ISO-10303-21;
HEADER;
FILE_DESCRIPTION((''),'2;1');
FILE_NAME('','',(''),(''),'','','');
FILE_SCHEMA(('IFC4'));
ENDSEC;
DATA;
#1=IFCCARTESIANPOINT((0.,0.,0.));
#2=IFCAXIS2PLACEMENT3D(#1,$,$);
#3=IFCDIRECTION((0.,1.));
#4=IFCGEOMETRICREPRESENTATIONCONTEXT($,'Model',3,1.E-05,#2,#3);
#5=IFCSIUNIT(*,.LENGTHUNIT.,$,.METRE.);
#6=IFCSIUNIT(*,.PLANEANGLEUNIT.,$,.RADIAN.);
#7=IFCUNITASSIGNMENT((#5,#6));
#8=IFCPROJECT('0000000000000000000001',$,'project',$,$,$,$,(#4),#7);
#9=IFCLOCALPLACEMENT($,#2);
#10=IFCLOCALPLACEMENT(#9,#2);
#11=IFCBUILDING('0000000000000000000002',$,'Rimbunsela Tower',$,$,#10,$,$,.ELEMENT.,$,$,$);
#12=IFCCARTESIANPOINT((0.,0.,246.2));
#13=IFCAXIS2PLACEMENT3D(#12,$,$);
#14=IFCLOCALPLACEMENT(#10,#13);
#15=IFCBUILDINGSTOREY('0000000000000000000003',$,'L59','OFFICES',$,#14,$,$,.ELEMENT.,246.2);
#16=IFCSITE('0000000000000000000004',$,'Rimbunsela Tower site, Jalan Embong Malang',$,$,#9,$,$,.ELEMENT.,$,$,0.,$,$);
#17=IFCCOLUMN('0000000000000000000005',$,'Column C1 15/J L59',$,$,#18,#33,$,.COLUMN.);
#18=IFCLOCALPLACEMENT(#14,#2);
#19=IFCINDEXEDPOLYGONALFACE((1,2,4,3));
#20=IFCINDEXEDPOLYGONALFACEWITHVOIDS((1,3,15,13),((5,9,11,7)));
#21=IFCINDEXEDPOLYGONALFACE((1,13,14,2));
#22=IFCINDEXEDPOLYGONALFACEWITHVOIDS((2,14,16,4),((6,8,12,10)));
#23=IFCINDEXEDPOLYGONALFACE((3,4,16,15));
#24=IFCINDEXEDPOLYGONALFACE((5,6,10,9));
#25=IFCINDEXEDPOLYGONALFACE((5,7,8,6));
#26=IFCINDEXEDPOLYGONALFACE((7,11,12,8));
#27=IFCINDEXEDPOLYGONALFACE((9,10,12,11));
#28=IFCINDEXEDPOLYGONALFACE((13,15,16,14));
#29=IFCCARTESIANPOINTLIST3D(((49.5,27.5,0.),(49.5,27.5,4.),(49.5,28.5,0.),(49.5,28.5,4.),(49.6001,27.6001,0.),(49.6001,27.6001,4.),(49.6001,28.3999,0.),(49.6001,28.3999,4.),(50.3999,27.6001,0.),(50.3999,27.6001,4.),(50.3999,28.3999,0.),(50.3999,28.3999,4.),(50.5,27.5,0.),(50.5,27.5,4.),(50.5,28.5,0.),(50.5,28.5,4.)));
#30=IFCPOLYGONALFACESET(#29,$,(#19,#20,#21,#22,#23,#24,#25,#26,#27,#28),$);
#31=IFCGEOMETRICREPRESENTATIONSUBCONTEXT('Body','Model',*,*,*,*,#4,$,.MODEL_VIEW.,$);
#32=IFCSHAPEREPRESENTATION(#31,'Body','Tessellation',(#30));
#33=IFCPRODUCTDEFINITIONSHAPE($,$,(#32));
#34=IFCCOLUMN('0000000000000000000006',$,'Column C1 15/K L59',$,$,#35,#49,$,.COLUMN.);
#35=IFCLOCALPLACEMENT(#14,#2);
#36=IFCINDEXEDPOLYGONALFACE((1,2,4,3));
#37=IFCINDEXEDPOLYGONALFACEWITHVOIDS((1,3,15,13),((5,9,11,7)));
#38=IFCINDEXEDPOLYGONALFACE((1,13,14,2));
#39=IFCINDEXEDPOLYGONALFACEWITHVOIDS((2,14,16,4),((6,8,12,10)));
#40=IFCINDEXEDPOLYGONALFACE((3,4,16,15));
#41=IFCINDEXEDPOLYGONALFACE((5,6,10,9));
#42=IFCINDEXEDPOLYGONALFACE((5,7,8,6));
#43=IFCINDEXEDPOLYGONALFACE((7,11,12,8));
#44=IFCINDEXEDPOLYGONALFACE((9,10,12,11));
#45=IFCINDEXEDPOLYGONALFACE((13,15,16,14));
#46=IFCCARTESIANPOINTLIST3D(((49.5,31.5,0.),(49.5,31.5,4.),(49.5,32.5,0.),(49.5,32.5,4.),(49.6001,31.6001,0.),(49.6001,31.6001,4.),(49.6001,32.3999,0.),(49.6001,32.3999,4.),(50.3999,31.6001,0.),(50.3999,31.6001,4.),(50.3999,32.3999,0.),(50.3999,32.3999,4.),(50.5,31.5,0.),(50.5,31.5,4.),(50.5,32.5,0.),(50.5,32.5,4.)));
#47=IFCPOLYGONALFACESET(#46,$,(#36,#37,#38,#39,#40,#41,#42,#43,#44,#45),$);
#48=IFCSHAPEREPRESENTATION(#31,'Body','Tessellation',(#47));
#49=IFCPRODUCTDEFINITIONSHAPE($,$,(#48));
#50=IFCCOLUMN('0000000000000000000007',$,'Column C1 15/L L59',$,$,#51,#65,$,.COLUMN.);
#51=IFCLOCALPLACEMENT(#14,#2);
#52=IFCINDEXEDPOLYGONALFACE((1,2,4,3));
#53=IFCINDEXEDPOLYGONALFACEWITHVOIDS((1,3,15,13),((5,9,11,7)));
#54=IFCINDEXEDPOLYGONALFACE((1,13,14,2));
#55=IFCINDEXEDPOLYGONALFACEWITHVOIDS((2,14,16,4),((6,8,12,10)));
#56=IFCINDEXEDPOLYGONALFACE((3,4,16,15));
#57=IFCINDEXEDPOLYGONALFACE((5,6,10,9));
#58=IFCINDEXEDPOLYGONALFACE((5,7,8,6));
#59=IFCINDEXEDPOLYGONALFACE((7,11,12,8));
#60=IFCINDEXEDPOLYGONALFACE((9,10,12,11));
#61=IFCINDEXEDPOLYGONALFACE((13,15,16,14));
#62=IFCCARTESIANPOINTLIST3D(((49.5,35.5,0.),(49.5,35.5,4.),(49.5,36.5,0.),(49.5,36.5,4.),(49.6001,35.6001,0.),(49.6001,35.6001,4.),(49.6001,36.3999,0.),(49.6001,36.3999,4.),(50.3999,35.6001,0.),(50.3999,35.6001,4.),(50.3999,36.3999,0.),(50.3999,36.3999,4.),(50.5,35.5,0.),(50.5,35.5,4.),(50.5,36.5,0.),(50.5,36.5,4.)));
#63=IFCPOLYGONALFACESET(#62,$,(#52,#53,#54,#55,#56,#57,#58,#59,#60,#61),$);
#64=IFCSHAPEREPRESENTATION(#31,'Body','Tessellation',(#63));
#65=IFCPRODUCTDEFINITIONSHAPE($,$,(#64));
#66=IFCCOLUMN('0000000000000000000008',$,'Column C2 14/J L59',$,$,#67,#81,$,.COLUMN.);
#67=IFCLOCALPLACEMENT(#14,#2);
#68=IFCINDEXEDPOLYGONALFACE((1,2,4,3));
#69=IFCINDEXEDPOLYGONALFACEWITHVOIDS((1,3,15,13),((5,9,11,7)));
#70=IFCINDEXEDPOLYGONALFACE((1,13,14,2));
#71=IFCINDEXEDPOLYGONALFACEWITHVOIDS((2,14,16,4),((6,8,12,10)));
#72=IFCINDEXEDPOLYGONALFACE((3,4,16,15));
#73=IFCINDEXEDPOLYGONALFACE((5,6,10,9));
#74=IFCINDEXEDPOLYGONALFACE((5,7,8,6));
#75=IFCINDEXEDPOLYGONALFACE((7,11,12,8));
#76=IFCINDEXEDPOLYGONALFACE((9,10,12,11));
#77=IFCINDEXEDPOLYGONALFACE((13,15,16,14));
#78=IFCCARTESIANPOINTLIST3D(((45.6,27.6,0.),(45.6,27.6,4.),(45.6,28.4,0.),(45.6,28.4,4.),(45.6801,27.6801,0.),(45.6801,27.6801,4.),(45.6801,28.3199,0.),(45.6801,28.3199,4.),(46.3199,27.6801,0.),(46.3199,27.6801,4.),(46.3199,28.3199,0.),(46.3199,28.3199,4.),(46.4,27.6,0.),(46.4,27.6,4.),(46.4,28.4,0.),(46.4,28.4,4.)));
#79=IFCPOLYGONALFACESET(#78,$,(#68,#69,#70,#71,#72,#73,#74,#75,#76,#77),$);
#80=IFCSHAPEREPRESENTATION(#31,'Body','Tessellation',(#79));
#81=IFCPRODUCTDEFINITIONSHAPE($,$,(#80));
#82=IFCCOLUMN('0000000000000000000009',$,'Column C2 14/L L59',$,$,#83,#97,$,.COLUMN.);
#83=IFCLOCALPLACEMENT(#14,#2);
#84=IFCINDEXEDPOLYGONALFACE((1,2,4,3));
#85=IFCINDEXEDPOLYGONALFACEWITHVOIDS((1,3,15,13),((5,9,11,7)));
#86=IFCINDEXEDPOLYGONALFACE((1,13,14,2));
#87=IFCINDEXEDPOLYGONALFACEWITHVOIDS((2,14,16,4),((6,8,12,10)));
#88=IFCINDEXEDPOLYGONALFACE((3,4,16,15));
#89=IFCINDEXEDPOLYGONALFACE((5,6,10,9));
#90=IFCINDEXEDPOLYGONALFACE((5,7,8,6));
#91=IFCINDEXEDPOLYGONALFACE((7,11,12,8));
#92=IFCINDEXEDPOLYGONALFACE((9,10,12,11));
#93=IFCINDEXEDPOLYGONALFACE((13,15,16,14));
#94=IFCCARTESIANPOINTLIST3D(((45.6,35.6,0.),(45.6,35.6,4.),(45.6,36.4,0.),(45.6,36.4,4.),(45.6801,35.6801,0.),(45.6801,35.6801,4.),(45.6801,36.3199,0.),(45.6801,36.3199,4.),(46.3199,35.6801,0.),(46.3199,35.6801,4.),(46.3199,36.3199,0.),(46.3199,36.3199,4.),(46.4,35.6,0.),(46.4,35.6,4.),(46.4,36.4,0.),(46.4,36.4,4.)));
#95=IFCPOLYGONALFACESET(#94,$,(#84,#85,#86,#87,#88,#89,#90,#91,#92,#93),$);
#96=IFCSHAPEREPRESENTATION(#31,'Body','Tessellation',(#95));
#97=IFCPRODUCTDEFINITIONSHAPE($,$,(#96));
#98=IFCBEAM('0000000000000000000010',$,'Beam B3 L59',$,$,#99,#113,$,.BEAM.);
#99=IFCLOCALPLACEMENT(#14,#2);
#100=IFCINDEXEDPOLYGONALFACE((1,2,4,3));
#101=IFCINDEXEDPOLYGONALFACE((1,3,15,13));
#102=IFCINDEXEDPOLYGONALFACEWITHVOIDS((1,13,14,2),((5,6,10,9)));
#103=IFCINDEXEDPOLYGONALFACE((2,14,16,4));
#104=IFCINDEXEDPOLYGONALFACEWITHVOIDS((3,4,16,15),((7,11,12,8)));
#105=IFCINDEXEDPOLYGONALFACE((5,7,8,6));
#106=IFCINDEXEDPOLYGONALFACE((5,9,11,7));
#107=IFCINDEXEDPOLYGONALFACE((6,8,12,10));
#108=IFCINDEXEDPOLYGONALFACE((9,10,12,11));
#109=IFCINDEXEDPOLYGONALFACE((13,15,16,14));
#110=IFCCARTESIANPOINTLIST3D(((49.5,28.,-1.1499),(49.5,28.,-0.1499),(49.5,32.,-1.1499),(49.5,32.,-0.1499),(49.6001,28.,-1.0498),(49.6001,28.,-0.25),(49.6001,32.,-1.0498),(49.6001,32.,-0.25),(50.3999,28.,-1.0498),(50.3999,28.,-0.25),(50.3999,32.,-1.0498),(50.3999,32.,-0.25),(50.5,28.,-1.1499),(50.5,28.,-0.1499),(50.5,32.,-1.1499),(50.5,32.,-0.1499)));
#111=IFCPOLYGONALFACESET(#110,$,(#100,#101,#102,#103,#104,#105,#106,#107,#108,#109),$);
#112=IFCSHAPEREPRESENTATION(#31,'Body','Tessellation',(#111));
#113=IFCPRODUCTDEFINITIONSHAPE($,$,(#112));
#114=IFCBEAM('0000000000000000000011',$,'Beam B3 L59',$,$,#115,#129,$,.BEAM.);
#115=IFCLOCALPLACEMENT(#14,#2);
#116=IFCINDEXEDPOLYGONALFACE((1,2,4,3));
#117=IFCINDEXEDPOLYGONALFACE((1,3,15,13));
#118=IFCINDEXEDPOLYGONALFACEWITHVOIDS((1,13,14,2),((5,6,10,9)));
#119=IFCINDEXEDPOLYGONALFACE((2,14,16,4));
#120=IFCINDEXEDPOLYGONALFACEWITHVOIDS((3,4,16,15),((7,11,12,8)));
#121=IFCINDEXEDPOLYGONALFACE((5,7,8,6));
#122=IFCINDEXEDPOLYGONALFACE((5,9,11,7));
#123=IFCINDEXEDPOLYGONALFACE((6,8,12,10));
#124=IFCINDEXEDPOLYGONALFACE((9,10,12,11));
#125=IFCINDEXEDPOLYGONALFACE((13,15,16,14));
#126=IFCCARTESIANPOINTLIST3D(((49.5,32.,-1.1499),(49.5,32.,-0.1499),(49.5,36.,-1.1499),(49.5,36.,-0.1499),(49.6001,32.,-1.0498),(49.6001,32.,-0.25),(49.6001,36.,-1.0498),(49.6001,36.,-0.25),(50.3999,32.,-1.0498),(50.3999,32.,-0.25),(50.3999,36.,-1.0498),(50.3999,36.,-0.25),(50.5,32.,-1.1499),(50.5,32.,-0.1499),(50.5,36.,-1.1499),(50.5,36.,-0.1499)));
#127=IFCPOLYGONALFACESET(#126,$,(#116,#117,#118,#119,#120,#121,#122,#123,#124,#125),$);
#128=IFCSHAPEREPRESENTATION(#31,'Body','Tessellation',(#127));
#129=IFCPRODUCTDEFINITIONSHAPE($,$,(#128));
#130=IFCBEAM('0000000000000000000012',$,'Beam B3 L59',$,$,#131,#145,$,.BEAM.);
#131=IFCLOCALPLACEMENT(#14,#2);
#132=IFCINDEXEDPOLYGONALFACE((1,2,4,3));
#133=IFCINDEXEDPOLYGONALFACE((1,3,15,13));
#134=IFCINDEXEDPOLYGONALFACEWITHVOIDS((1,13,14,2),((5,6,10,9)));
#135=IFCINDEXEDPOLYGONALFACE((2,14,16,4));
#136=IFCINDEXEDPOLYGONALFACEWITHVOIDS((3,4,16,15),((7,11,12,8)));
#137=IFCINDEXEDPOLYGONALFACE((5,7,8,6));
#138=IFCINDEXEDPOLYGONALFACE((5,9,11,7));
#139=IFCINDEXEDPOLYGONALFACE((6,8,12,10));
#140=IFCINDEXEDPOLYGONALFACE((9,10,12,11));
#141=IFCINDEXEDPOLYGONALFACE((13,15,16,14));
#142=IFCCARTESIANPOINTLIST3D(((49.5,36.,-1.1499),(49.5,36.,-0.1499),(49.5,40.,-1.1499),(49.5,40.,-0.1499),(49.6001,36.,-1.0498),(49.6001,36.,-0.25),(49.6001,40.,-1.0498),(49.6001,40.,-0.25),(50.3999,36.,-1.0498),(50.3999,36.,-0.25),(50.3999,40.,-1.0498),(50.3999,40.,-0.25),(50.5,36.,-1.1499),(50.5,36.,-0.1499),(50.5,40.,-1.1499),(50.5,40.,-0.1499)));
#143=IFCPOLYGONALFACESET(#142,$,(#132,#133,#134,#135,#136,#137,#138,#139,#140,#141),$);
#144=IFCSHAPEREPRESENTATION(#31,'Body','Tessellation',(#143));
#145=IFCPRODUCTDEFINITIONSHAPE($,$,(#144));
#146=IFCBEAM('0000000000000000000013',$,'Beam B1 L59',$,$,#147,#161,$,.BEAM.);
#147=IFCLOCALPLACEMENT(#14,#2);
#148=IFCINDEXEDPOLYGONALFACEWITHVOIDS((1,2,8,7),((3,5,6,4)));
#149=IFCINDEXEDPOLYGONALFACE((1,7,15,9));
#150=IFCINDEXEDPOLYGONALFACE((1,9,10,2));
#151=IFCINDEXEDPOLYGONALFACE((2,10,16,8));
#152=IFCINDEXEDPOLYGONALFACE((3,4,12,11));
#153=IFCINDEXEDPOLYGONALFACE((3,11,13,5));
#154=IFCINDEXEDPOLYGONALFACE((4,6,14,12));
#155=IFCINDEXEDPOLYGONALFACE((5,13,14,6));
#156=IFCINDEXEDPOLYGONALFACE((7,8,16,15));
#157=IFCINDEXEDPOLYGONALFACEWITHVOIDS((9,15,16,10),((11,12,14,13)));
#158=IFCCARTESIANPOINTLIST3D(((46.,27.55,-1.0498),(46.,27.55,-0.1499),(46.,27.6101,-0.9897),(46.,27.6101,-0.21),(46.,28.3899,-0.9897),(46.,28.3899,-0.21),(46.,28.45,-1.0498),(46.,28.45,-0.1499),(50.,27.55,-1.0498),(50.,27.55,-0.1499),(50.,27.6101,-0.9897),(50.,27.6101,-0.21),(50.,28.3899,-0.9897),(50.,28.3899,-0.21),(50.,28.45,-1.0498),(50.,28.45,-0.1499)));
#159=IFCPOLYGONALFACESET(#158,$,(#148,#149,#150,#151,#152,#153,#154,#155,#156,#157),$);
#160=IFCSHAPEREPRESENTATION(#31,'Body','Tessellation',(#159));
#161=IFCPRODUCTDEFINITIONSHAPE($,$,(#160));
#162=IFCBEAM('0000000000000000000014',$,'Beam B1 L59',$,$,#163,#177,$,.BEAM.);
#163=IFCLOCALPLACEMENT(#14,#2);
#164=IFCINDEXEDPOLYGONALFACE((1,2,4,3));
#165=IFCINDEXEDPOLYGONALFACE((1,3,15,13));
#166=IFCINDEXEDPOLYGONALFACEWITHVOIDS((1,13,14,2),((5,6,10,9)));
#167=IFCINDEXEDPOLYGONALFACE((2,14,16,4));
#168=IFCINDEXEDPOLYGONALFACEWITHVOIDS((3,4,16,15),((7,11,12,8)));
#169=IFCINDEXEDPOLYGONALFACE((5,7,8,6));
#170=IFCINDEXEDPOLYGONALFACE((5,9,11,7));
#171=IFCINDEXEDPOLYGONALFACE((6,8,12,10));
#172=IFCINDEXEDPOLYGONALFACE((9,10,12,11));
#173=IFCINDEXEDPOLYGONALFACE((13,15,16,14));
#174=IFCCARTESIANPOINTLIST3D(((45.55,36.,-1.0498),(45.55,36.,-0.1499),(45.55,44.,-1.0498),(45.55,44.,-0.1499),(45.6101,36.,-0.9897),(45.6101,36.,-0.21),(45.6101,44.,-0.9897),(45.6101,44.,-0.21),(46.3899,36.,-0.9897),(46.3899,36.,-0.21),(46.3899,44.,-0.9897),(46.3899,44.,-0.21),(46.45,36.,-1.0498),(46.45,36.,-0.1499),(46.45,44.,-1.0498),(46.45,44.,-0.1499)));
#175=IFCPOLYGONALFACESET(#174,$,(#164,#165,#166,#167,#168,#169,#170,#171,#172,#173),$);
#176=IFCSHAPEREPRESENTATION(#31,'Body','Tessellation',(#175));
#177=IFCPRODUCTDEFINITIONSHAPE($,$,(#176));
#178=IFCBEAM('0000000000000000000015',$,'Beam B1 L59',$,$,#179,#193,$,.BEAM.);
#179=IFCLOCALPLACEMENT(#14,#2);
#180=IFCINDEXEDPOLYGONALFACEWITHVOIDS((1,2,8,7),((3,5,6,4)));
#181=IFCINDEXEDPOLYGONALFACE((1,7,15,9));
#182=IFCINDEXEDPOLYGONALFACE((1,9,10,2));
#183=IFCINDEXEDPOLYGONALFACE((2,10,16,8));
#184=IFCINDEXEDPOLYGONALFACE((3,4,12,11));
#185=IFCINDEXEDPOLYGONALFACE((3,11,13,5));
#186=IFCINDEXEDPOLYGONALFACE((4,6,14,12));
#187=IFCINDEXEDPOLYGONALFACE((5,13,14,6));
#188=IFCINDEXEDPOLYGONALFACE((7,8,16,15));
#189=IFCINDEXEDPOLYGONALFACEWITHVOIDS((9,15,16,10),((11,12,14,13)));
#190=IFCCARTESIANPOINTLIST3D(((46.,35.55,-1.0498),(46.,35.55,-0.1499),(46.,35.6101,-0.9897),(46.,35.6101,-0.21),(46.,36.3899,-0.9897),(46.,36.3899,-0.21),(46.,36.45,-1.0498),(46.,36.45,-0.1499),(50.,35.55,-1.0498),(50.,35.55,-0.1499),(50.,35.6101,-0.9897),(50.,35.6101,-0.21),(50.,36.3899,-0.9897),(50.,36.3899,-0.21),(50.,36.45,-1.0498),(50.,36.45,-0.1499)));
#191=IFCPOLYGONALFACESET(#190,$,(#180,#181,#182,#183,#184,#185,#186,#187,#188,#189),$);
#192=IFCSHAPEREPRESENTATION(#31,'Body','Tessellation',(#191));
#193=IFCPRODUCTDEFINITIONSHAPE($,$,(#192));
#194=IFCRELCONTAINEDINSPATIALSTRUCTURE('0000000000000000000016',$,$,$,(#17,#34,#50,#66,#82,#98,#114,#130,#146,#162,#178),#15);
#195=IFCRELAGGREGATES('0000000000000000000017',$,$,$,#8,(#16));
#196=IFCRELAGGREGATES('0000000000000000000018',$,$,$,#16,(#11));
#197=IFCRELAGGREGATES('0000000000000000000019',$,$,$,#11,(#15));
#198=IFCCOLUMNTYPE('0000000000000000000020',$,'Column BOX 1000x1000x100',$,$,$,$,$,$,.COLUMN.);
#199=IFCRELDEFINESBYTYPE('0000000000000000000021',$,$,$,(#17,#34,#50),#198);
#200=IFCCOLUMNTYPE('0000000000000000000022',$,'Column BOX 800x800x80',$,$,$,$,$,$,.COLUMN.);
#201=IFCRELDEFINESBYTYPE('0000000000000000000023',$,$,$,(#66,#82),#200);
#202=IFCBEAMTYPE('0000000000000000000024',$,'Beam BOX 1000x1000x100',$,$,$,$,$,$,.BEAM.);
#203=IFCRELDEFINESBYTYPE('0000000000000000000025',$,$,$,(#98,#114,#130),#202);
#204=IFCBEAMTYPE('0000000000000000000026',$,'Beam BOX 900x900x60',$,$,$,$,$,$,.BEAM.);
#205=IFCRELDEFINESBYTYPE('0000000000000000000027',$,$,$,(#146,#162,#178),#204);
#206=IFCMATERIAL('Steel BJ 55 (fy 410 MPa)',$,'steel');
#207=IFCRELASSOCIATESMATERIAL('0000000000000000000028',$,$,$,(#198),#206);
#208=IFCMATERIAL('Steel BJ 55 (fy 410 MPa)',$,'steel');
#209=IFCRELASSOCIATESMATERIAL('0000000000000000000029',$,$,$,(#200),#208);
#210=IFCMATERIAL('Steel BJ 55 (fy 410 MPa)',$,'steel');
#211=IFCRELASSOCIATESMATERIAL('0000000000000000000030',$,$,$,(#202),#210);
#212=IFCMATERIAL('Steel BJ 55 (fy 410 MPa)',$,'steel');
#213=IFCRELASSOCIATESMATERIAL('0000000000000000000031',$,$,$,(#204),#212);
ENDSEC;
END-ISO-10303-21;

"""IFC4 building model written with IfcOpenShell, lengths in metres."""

from ifc_helpers import new_model, si_unit, direction, frame, origin, origin_2d, place, context, subcontext, project, spatial, hollow_rectangle, extrude, material, material_profile, profile_set, type_object, element, save


model = new_model("IFC4")

# Units and contexts
model_context = context("Model", 3, precision=1e-05, world=origin(), true_north=direction((0.0, 1.0)))
body_context = subcontext(model_context, "Body", "Model", "MODEL_VIEW")
ifc_project = project(units=[si_unit("LENGTHUNIT", "METRE"), si_unit("PLANEANGLEUNIT", "RADIAN")], contexts=[model_context])

# Site, building, storey
site_placement = place(None, origin())
site = spatial("IfcSite", under=ifc_project, at=site_placement, Name="Rimbunsela Tower site, Jalan Embong Malang", CompositionType="ELEMENT", RefElevation=0.0)
building_placement = place(site_placement, origin())
building = spatial("IfcBuilding", under=site, at=building_placement, Name="Rimbunsela Tower", CompositionType="ELEMENT")
storey_placement = place(building_placement, frame((0.0, 0.0, 246.2)))
storey = spatial("IfcBuildingStorey", under=building, at=storey_placement, Name="L59", Description="OFFICES", CompositionType="ELEMENT", Elevation=246.2)

# Columns
ifc_material_1 = material(Name="Steel BJ 55 (fy 410 MPa)", Category="steel")
ifc_material_profile_1 = material_profile(ifc_material_1, hollow_rectangle(XDim=1.0, YDim=1.0, WallThickness=0.1001, at=origin_2d()), Name="BOX 1000x1000x100")
ifc_profile_set_1 = profile_set([ifc_material_profile_1], Name="Steel BJ 55 (fy 410 MPa)")
column_type_1 = type_object("IfcColumnType", Name="Column BOX 1000x1000x100", PredefinedType="COLUMN", material=ifc_profile_set_1)
for number, where, z_axis, x_axis, name in (
    (1, (50.0, 28.0, 0.0), (0.0, 0.0, 1.0), (1.0, 0.0, 0.0), "Column C1 15/J L59"),
    (2, (50.0, 32.0, 0.0), (0.0, 0.0, 1.0), (1.0, 0.0, 0.0), "Column C1 15/K L59"),
    (3, (50.0, 36.0, 0.0), (0.0, 0.0, 1.0), (1.0, 0.0, 0.0), "Column C1 15/L L59"),
):
    element("IfcColumn", number, at=place(storey_placement, frame(where, z_axis=z_axis, x_axis=x_axis)), inside=storey, type_object=column_type_1, Name=name, PredefinedType="COLUMN", context=body_context, shape_type="SweptSolid", body=[
        extrude(hollow_rectangle(XDim=1.0, YDim=1.0, WallThickness=0.1001, at=origin_2d()), origin(), (0.0, 0.0, 1.0), 4.0),
    ])
ifc_material_2 = material(Name="Steel BJ 55 (fy 410 MPa)", Category="steel")
ifc_material_profile_2 = material_profile(ifc_material_2, hollow_rectangle(XDim=0.8, YDim=0.8, WallThickness=0.0801, at=origin_2d()), Name="BOX 800x800x80")
ifc_profile_set_2 = profile_set([ifc_material_profile_2], Name="Steel BJ 55 (fy 410 MPa)")
column_type_2 = type_object("IfcColumnType", Name="Column BOX 800x800x80", PredefinedType="COLUMN", material=ifc_profile_set_2)
for number, where, z_axis, x_axis, name in (
    (4, (46.0, 28.0, 0.0), (0.0, 0.0, 1.0), (1.0, 0.0, 0.0), "Column C2 14/J L59"),
    (5, (46.0, 36.0, 0.0), (0.0, 0.0, 1.0), (1.0, 0.0, 0.0), "Column C2 14/L L59"),
):
    element("IfcColumn", number, at=place(storey_placement, frame(where, z_axis=z_axis, x_axis=x_axis)), inside=storey, type_object=column_type_2, Name=name, PredefinedType="COLUMN", context=body_context, shape_type="SweptSolid", body=[
        extrude(hollow_rectangle(XDim=0.8, YDim=0.8, WallThickness=0.0801, at=origin_2d()), origin(), (0.0, 0.0, 1.0), 4.0),
    ])

# Beams
ifc_material_3 = material(Name="Steel BJ 55 (fy 410 MPa)", Category="steel")
ifc_material_profile_3 = material_profile(ifc_material_3, hollow_rectangle(XDim=1.0, YDim=1.0, WallThickness=0.1001, at=origin_2d()), Name="BOX 1000x1000x100")
ifc_profile_set_3 = profile_set([ifc_material_profile_3], Name="Steel BJ 55 (fy 410 MPa)")
beam_type_1 = type_object("IfcBeamType", Name="Beam BOX 1000x1000x100", PredefinedType="BEAM", material=ifc_profile_set_3)
for number, where, z_axis, x_axis, name in (
    (6, (50.0, 28.0, -0.6499), (0.0, 1.0, 0.0), (-1.0, 0.0, 0.0), "Beam B3 L59"),
    (7, (50.0, 32.0, -0.6499), (0.0, 1.0, 0.0), (-1.0, 0.0, 0.0), "Beam B3 L59"),
    (8, (50.0, 36.0, -0.6499), (0.0, 1.0, 0.0), (-1.0, 0.0, 0.0), "Beam B3 L59"),
):
    element("IfcBeam", number, at=place(storey_placement, frame(where, z_axis=z_axis, x_axis=x_axis)), inside=storey, type_object=beam_type_1, Name=name, PredefinedType="BEAM", context=body_context, shape_type="SweptSolid", body=[
        extrude(hollow_rectangle(XDim=1.0, YDim=1.0, WallThickness=0.1001, at=origin_2d()), origin(), (0.0, 0.0, 1.0), 4.0),
    ])
ifc_material_4 = material(Name="Steel BJ 55 (fy 410 MPa)", Category="steel")
ifc_material_profile_4 = material_profile(ifc_material_4, hollow_rectangle(XDim=0.8999, YDim=0.8999, WallThickness=0.0601, at=origin_2d()), Name="BOX 900x900x60")
ifc_profile_set_4 = profile_set([ifc_material_profile_4], Name="Steel BJ 55 (fy 410 MPa)")
beam_type_2 = type_object("IfcBeamType", Name="Beam BOX 900x900x60", PredefinedType="BEAM", material=ifc_profile_set_4)
beam_1_placement = place(storey_placement, frame((46.0, 28.0, -0.5999), z_axis=(1.0, 0.0, 0.0), x_axis=(0.0, 1.0, 0.0)))
element("IfcBeam", 9, at=beam_1_placement, inside=storey, type_object=beam_type_2, Name="Beam B1 L59", PredefinedType="BEAM", context=body_context, shape_type="SweptSolid", body=[
    extrude(hollow_rectangle(XDim=0.8999, YDim=0.8999, WallThickness=0.0601, at=origin_2d()), origin(), (0.0, 0.0, 1.0), 4.0),
])
beam_2_placement = place(storey_placement, frame((46.0, 36.0, -0.5999), z_axis=(0.0, 1.0, 0.0), x_axis=(-1.0, 0.0, 0.0)))
element("IfcBeam", 10, at=beam_2_placement, inside=storey, type_object=beam_type_2, Name="Beam B1 L59", PredefinedType="BEAM", context=body_context, shape_type="SweptSolid", body=[
    extrude(hollow_rectangle(XDim=0.8999, YDim=0.8999, WallThickness=0.0601, at=origin_2d()), origin(), (0.0, 0.0, 1.0), 8.0),
])
beam_3_placement = place(storey_placement, frame((46.0, 36.0, -0.5999), z_axis=(1.0, 0.0, 0.0), x_axis=(0.0, 1.0, 0.0)))
element("IfcBeam", 11, at=beam_3_placement, inside=storey, type_object=beam_type_2, Name="Beam B1 L59", PredefinedType="BEAM", context=body_context, shape_type="SweptSolid", body=[
    extrude(hollow_rectangle(XDim=0.8999, YDim=0.8999, WallThickness=0.0601, at=origin_2d()), origin(), (0.0, 0.0, 1.0), 4.0),
])

save(model, "model.ifc")
